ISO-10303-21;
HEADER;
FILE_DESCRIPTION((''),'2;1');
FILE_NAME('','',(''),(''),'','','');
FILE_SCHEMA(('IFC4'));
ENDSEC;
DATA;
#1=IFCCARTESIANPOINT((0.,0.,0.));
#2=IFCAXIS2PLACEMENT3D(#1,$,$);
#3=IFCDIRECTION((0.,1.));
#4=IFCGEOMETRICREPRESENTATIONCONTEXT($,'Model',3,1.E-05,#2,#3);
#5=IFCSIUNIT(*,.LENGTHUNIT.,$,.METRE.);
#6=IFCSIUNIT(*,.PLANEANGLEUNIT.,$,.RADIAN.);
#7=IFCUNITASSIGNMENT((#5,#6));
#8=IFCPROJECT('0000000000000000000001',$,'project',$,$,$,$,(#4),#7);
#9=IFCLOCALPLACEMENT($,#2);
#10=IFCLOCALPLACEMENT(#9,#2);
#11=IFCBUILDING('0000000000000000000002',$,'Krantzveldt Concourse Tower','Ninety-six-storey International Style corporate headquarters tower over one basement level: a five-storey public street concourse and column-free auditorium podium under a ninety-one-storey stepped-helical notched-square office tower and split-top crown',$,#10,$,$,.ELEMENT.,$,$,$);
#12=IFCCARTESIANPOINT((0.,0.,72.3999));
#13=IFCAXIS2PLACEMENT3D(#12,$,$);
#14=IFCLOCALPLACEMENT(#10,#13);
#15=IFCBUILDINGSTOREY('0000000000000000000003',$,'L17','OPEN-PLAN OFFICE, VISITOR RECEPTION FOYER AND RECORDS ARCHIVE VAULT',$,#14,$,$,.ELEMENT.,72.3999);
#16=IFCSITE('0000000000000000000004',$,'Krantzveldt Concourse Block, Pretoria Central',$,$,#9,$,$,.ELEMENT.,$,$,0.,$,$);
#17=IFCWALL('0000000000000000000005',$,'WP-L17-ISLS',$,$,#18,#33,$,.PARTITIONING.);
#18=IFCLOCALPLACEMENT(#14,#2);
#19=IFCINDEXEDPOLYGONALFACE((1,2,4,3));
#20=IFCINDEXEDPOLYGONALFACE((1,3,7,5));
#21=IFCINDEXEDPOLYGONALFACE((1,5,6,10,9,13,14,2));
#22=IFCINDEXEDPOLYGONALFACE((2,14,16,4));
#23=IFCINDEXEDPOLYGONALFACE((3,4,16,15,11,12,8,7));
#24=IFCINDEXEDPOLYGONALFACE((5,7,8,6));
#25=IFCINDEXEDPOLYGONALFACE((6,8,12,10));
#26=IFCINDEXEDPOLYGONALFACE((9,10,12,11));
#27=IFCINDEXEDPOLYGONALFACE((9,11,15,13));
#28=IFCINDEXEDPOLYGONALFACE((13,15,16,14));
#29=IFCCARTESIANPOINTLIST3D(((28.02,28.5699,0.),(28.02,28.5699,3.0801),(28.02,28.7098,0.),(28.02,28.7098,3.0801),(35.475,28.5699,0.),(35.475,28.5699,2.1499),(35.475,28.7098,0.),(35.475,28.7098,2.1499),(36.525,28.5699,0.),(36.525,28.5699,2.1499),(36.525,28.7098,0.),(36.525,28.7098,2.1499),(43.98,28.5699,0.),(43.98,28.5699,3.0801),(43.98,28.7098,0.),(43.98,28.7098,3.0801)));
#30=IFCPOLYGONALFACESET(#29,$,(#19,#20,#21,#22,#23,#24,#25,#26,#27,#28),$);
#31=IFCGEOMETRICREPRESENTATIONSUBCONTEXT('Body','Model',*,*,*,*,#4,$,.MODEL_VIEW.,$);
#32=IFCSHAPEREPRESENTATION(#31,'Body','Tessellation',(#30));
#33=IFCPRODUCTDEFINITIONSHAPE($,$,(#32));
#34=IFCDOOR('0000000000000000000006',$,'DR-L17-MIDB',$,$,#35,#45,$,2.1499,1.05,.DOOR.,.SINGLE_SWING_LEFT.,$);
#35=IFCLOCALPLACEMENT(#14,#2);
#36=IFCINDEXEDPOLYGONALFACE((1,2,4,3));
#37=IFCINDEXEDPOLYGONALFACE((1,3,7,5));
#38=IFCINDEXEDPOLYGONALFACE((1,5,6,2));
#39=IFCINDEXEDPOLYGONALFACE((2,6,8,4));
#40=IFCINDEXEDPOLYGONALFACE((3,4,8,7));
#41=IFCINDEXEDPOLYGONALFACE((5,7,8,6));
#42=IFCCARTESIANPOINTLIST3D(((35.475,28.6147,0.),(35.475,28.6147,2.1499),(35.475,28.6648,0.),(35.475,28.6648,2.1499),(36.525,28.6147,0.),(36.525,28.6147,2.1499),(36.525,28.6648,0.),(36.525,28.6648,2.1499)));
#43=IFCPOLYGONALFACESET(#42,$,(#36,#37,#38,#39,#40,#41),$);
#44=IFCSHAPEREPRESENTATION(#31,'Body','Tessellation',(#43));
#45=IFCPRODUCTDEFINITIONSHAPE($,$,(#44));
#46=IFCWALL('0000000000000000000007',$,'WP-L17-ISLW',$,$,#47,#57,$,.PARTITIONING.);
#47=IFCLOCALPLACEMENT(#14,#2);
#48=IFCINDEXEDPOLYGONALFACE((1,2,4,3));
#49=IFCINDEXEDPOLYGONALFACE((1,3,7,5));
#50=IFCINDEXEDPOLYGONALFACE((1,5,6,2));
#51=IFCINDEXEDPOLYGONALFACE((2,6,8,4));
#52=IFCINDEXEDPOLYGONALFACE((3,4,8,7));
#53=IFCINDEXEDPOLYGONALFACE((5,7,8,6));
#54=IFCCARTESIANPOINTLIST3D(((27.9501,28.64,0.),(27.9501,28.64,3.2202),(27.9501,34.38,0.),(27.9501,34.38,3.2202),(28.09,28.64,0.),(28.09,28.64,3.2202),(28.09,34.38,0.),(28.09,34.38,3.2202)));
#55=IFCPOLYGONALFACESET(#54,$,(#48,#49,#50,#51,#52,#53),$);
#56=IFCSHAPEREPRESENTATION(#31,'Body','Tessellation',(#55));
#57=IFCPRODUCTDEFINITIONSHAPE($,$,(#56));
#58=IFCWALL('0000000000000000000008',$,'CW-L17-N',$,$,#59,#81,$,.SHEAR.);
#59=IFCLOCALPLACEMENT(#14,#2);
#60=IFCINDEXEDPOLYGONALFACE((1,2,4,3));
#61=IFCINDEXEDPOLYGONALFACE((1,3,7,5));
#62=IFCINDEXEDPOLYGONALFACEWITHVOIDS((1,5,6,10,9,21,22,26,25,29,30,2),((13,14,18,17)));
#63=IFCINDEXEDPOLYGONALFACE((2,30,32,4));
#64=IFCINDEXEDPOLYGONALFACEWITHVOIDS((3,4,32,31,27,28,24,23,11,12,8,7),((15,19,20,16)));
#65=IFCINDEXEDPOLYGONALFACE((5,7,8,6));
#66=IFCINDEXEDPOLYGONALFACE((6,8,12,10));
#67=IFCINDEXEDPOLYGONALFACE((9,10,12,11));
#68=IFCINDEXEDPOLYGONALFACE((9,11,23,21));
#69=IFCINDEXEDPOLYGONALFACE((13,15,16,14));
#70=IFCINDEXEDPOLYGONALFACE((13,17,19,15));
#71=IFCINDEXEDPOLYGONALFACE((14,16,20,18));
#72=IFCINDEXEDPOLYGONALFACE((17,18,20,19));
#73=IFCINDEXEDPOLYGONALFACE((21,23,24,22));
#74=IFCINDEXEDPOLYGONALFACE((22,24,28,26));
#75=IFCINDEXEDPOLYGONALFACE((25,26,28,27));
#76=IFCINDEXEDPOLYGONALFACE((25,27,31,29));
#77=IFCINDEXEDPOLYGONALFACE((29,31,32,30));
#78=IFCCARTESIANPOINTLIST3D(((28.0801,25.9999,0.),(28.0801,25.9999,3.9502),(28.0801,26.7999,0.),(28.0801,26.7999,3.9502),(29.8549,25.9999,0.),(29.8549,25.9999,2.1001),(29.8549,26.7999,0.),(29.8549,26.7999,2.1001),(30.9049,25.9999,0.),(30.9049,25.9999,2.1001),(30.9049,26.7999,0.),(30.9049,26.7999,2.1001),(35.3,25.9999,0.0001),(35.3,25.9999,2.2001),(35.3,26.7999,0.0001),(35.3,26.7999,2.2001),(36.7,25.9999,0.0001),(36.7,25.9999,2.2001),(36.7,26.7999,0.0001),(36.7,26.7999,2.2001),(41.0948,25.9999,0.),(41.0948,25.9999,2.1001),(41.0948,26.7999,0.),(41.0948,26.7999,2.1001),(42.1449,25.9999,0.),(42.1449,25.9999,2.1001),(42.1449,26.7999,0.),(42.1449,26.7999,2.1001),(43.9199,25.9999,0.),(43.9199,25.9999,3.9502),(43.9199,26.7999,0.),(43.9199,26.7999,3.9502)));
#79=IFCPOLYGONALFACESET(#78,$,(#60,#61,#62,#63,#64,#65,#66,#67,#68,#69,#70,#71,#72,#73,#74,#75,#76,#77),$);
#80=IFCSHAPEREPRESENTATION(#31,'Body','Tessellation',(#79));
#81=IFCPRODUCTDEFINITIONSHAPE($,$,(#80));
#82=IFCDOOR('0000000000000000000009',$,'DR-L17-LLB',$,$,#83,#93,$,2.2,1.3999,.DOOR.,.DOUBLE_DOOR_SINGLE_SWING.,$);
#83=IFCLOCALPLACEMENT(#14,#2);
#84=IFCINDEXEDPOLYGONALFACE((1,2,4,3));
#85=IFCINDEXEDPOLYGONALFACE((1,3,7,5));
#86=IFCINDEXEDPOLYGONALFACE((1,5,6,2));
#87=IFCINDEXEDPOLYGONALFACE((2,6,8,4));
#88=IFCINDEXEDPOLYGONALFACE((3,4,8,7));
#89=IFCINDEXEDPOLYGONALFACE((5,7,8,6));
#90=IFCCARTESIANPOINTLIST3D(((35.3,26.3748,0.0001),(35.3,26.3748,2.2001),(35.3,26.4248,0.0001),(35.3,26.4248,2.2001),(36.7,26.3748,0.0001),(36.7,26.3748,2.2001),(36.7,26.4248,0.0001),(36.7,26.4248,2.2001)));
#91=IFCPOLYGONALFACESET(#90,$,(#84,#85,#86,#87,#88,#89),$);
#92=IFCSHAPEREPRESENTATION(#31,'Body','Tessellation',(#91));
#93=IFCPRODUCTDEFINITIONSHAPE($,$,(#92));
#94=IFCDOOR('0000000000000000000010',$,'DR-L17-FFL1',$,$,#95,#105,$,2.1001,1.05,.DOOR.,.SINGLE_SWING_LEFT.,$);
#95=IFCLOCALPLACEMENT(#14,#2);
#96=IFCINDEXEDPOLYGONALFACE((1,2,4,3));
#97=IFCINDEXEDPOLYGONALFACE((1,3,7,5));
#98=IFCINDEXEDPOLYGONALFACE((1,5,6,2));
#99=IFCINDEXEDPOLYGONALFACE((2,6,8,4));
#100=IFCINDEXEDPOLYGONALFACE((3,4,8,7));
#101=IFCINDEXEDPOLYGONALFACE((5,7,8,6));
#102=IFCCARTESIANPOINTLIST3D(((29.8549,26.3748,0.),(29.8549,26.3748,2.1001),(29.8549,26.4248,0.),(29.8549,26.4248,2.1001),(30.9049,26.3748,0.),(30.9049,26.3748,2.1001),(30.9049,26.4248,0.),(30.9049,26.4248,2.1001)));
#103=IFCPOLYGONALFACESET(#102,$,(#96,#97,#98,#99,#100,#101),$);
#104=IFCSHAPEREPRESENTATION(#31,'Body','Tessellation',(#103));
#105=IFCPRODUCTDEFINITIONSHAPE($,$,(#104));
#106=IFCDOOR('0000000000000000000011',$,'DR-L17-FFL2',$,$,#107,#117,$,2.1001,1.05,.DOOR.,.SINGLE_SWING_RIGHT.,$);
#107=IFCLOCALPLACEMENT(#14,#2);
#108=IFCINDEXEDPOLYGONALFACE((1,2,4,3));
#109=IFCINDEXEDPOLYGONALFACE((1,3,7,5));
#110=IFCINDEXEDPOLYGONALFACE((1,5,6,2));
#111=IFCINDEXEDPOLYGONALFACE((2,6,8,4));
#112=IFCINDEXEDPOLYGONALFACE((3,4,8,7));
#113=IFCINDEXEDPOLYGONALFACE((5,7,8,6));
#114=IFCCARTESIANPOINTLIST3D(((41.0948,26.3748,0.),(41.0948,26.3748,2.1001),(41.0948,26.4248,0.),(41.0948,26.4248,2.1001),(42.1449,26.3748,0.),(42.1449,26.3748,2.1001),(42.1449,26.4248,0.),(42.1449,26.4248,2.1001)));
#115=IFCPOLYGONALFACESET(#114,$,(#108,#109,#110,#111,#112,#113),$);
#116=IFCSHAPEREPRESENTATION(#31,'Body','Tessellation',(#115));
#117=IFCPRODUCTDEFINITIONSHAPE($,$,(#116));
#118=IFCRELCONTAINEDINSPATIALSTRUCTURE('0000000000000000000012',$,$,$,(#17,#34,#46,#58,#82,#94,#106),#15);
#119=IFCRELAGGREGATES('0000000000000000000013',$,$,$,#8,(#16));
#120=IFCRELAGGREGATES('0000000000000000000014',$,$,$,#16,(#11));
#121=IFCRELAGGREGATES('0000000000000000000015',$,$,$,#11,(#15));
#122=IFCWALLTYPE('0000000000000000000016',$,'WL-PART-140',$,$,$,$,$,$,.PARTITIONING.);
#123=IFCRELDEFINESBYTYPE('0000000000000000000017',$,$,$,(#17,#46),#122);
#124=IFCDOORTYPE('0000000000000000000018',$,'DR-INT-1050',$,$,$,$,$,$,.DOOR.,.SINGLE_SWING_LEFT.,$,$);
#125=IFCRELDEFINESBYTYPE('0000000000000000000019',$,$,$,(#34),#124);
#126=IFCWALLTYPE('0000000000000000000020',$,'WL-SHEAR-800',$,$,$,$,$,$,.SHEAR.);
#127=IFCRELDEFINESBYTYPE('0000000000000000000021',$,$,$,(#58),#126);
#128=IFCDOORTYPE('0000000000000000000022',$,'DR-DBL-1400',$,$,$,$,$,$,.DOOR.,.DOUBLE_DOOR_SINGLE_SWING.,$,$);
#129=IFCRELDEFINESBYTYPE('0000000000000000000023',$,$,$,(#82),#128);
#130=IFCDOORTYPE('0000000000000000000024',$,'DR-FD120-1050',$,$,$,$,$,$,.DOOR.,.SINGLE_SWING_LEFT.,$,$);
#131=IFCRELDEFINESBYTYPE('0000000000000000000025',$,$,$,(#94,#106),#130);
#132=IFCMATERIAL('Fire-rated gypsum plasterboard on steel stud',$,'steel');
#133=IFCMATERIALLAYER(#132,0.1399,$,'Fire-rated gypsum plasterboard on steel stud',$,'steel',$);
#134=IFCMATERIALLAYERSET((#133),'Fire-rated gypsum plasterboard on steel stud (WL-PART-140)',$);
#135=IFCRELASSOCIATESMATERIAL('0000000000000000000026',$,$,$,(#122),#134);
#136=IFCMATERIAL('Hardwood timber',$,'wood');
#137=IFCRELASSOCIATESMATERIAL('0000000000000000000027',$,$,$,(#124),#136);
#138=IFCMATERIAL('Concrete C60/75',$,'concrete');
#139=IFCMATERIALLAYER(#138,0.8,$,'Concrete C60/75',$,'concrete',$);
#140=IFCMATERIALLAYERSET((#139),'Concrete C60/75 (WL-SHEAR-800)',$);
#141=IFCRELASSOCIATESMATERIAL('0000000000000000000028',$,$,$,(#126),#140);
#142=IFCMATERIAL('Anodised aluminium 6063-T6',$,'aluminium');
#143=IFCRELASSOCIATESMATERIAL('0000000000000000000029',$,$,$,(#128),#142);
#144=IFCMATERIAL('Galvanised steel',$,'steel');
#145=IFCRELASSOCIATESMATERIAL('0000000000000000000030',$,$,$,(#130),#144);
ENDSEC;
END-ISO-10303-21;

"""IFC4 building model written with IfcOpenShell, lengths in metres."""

from ifc_helpers import new_model, si_unit, direction, frame, frame_2d, origin, place, context, subcontext, project, spatial, rectangle, extrude, material, layer, layer_set, type_object, element, fill, save


model = new_model("IFC4")

# Units and contexts
model_context = context("Model", 3, precision=1e-05, world=origin(), true_north=direction((0.0, 1.0)))
body_context = subcontext(model_context, "Body", "Model", "MODEL_VIEW")
ifc_project = project(units=[si_unit("LENGTHUNIT", "METRE"), si_unit("PLANEANGLEUNIT", "RADIAN")], contexts=[model_context])

# Site, building, storey
site_placement = place(None, origin())
site = spatial("IfcSite", under=ifc_project, at=site_placement, Name="Krantzveldt Concourse Block, Pretoria Central", CompositionType="ELEMENT", RefElevation=0.0)
building_placement = place(site_placement, origin())
building = spatial("IfcBuilding", under=site, at=building_placement, Name="Krantzveldt Concourse Tower", Description="Ninety-six-storey International Style corporate headquarters tower over one basement level: a five-storey public street concourse and column-free auditorium podium under a ninety-one-storey stepped-helical notched-square office tower and split-top crown", CompositionType="ELEMENT")
storey_placement = place(building_placement, frame((0.0, 0.0, 72.3999)))
storey = spatial("IfcBuildingStorey", under=building, at=storey_placement, Name="L17", Description="OPEN-PLAN OFFICE, VISITOR RECEPTION FOYER AND RECORDS ARCHIVE VAULT", CompositionType="ELEMENT", Elevation=72.3999)

# Shared definitions
ifc_material_1 = material(Name="Fire-rated gypsum plasterboard on steel stud", Category="steel")

# Wall, opening, door
ifc_layer_1 = layer(ifc_material_1, 0.1399, Name="Fire-rated gypsum plasterboard on steel stud", Category="steel")
ifc_layer_set_1 = layer_set([ifc_layer_1], Name="Fire-rated gypsum plasterboard on steel stud (WL-PART-140)")
wall_type_1 = type_object("IfcWallType", Name="WL-PART-140", PredefinedType="PARTITIONING", material=ifc_layer_set_1)
wall_1_placement = place(storey_placement, frame((28.02, 28.6399, 0.0), z_axis=(0.0, 0.0, 1.0), x_axis=(1.0, 0.0, 0.0)))
wall_1 = element("IfcWall", 1, at=wall_1_placement, inside=storey, type_object=wall_type_1, Name="WP-L17-ISLS", PredefinedType="PARTITIONING", context=body_context, shape_type="SweptSolid", body=[
    extrude(rectangle(XDim=15.96, YDim=0.1399, at=frame_2d((7.98, 0.0))), origin(), (0.0, 0.0, 1.0), 3.0801),
])
opening_1_placement = place(wall_1_placement, frame((7.4551, 0.0, 0.0)))
opening_1 = element("IfcOpeningElement", 2, at=opening_1_placement, cuts=wall_1, PredefinedType="OPENING", context=body_context, shape_type="SweptSolid", body=[
    extrude(rectangle(XDim=1.05, YDim=2.1499, at=frame_2d((0.5249, 1.075))), frame((0.0, 0.0801, 0.0), z_axis=(0.0, -1.0, 0.0), x_axis=(1.0, 0.0, 0.0)), (0.0, 0.0, 1.0), 0.1599),
])
ifc_material_2 = material(Name="Hardwood timber", Category="wood")
door_type_1 = type_object("IfcDoorType", Name="DR-INT-1050", OperationType="SINGLE_SWING_LEFT", PredefinedType="DOOR", material=ifc_material_2)
door_1_placement = place(opening_1_placement, origin())
door_1 = element("IfcDoor", 3, at=door_1_placement, inside=storey, type_object=door_type_1, Name="DR-L17-MIDB", OperationType="SINGLE_SWING_LEFT", OverallHeight=2.1499, OverallWidth=1.05, PredefinedType="DOOR", context=body_context, shape_type="SweptSolid", body=[
    extrude(rectangle(XDim=1.05, YDim=2.1499, at=frame_2d((0.5249, 1.075))), frame((0.0, 0.0249, 0.0), z_axis=(0.0, -1.0, 0.0), x_axis=(1.0, 0.0, 0.0)), (0.0, 0.0, 1.0), 0.05),
])
fill(opening_1, door_1)

# Wall
wall_2_placement = place(storey_placement, frame((28.02, 28.6399, 0.0), z_axis=(0.0, 0.0, 1.0), x_axis=(0.0, 1.0, 0.0)))
element("IfcWall", 4, at=wall_2_placement, inside=storey, type_object=wall_type_1, Name="WP-L17-ISLW", PredefinedType="PARTITIONING", context=body_context, shape_type="SweptSolid", body=[
    extrude(rectangle(XDim=5.74, YDim=0.1399, at=frame_2d((2.8701, 0.0))), origin(), (0.0, 0.0, 1.0), 3.2202),
])

# Wall, openings, doors
ifc_material_3 = material(Name="Concrete C60/75", Category="concrete")
ifc_layer_2 = layer(ifc_material_3, 0.8, Name="Concrete C60/75", Category="concrete")
ifc_layer_set_2 = layer_set([ifc_layer_2], Name="Concrete C60/75 (WL-SHEAR-800)")
wall_type_2 = type_object("IfcWallType", Name="WL-SHEAR-800", PredefinedType="SHEAR", material=ifc_layer_set_2)
wall_3_placement = place(storey_placement, frame((28.0801, 26.3999, 0.0), z_axis=(0.0, 0.0, 1.0), x_axis=(1.0, 0.0, 0.0)))
wall_3 = element("IfcWall", 5, at=wall_3_placement, inside=storey, type_object=wall_type_2, Name="CW-L17-N", PredefinedType="SHEAR", context=body_context, shape_type="SweptSolid", body=[
    extrude(rectangle(XDim=15.8398, YDim=0.8, at=frame_2d((7.9199, 0.0))), origin(), (0.0, 0.0, 1.0), 3.9502),
])
opening_2_placement = place(wall_3_placement, frame((7.22, 0.0, 0.0)))
opening_2 = element("IfcOpeningElement", 6, at=opening_2_placement, cuts=wall_3, PredefinedType="OPENING", context=body_context, shape_type="SweptSolid", body=[
    extrude(rectangle(XDim=1.3999, YDim=2.2, at=frame_2d((0.7, 1.1001))), frame((0.0, 0.4102, 0.0), z_axis=(0.0, -1.0, 0.0), x_axis=(1.0, 0.0, 0.0)), (0.0, 0.0, 1.0), 0.8201),
])
opening_3_placement = place(wall_3_placement, frame((1.7749, 0.0, 0.0)))
opening_3 = element("IfcOpeningElement", 7, at=opening_3_placement, cuts=wall_3, PredefinedType="OPENING", context=body_context, shape_type="SweptSolid", body=[
    extrude(rectangle(XDim=1.05, YDim=2.1001, at=frame_2d((0.5249, 1.05))), frame((0.0, 0.4102, 0.0), z_axis=(0.0, -1.0, 0.0), x_axis=(1.0, 0.0, 0.0)), (0.0, 0.0, 1.0), 0.8201),
])
opening_4_placement = place(wall_3_placement, frame((13.0149, 0.0, 0.0)))
opening_4 = element("IfcOpeningElement", 8, at=opening_4_placement, cuts=wall_3, PredefinedType="OPENING", context=body_context, shape_type="SweptSolid", body=[
    extrude(rectangle(XDim=1.05, YDim=2.1001, at=frame_2d((0.5249, 1.05))), frame((0.0, 0.4102, 0.0), z_axis=(0.0, -1.0, 0.0), x_axis=(1.0, 0.0, 0.0)), (0.0, 0.0, 1.0), 0.8201),
])
ifc_material_4 = material(Name="Anodised aluminium 6063-T6", Category="aluminium")
door_type_2 = type_object("IfcDoorType", Name="DR-DBL-1400", OperationType="DOUBLE_DOOR_SINGLE_SWING", PredefinedType="DOOR", material=ifc_material_4)
door_2_placement = place(opening_2_placement, origin())
door_2 = element("IfcDoor", 9, at=door_2_placement, inside=storey, type_object=door_type_2, Name="DR-L17-LLB", OperationType="DOUBLE_DOOR_SINGLE_SWING", OverallHeight=2.2, OverallWidth=1.3999, PredefinedType="DOOR", context=body_context, shape_type="SweptSolid", body=[
    extrude(rectangle(XDim=1.3999, YDim=2.2, at=frame_2d((0.7, 1.1001))), frame((0.0, 0.0249, 0.0), z_axis=(0.0, -1.0, 0.0), x_axis=(1.0, 0.0, 0.0)), (0.0, 0.0, 1.0), 0.05),
])
fill(opening_2, door_2)
ifc_material_5 = material(Name="Galvanised steel", Category="steel")
door_type_3 = type_object("IfcDoorType", Name="DR-FD120-1050", OperationType="SINGLE_SWING_LEFT", PredefinedType="DOOR", material=ifc_material_5)
door_3_placement = place(opening_3_placement, origin())
door_3 = element("IfcDoor", 10, at=door_3_placement, inside=storey, type_object=door_type_3, Name="DR-L17-FFL1", OperationType="SINGLE_SWING_LEFT", OverallHeight=2.1001, OverallWidth=1.05, PredefinedType="DOOR", context=body_context, shape_type="SweptSolid", body=[
    extrude(rectangle(XDim=1.05, YDim=2.1001, at=frame_2d((0.5249, 1.05))), frame((0.0, 0.0249, 0.0), z_axis=(0.0, -1.0, 0.0), x_axis=(1.0, 0.0, 0.0)), (0.0, 0.0, 1.0), 0.05),
])
fill(opening_3, door_3)
door_4_placement = place(opening_4_placement, origin())
door_4 = element("IfcDoor", 11, at=door_4_placement, inside=storey, type_object=door_type_3, Name="DR-L17-FFL2", OperationType="SINGLE_SWING_RIGHT", OverallHeight=2.1001, OverallWidth=1.05, PredefinedType="DOOR", context=body_context, shape_type="SweptSolid", body=[
    extrude(rectangle(XDim=1.05, YDim=2.1001, at=frame_2d((0.5249, 1.05))), frame((0.0, 0.0249, 0.0), z_axis=(0.0, -1.0, 0.0), x_axis=(1.0, 0.0, 0.0)), (0.0, 0.0, 1.0), 0.05),
])
fill(opening_4, door_4)

save(model, "model.ifc")
